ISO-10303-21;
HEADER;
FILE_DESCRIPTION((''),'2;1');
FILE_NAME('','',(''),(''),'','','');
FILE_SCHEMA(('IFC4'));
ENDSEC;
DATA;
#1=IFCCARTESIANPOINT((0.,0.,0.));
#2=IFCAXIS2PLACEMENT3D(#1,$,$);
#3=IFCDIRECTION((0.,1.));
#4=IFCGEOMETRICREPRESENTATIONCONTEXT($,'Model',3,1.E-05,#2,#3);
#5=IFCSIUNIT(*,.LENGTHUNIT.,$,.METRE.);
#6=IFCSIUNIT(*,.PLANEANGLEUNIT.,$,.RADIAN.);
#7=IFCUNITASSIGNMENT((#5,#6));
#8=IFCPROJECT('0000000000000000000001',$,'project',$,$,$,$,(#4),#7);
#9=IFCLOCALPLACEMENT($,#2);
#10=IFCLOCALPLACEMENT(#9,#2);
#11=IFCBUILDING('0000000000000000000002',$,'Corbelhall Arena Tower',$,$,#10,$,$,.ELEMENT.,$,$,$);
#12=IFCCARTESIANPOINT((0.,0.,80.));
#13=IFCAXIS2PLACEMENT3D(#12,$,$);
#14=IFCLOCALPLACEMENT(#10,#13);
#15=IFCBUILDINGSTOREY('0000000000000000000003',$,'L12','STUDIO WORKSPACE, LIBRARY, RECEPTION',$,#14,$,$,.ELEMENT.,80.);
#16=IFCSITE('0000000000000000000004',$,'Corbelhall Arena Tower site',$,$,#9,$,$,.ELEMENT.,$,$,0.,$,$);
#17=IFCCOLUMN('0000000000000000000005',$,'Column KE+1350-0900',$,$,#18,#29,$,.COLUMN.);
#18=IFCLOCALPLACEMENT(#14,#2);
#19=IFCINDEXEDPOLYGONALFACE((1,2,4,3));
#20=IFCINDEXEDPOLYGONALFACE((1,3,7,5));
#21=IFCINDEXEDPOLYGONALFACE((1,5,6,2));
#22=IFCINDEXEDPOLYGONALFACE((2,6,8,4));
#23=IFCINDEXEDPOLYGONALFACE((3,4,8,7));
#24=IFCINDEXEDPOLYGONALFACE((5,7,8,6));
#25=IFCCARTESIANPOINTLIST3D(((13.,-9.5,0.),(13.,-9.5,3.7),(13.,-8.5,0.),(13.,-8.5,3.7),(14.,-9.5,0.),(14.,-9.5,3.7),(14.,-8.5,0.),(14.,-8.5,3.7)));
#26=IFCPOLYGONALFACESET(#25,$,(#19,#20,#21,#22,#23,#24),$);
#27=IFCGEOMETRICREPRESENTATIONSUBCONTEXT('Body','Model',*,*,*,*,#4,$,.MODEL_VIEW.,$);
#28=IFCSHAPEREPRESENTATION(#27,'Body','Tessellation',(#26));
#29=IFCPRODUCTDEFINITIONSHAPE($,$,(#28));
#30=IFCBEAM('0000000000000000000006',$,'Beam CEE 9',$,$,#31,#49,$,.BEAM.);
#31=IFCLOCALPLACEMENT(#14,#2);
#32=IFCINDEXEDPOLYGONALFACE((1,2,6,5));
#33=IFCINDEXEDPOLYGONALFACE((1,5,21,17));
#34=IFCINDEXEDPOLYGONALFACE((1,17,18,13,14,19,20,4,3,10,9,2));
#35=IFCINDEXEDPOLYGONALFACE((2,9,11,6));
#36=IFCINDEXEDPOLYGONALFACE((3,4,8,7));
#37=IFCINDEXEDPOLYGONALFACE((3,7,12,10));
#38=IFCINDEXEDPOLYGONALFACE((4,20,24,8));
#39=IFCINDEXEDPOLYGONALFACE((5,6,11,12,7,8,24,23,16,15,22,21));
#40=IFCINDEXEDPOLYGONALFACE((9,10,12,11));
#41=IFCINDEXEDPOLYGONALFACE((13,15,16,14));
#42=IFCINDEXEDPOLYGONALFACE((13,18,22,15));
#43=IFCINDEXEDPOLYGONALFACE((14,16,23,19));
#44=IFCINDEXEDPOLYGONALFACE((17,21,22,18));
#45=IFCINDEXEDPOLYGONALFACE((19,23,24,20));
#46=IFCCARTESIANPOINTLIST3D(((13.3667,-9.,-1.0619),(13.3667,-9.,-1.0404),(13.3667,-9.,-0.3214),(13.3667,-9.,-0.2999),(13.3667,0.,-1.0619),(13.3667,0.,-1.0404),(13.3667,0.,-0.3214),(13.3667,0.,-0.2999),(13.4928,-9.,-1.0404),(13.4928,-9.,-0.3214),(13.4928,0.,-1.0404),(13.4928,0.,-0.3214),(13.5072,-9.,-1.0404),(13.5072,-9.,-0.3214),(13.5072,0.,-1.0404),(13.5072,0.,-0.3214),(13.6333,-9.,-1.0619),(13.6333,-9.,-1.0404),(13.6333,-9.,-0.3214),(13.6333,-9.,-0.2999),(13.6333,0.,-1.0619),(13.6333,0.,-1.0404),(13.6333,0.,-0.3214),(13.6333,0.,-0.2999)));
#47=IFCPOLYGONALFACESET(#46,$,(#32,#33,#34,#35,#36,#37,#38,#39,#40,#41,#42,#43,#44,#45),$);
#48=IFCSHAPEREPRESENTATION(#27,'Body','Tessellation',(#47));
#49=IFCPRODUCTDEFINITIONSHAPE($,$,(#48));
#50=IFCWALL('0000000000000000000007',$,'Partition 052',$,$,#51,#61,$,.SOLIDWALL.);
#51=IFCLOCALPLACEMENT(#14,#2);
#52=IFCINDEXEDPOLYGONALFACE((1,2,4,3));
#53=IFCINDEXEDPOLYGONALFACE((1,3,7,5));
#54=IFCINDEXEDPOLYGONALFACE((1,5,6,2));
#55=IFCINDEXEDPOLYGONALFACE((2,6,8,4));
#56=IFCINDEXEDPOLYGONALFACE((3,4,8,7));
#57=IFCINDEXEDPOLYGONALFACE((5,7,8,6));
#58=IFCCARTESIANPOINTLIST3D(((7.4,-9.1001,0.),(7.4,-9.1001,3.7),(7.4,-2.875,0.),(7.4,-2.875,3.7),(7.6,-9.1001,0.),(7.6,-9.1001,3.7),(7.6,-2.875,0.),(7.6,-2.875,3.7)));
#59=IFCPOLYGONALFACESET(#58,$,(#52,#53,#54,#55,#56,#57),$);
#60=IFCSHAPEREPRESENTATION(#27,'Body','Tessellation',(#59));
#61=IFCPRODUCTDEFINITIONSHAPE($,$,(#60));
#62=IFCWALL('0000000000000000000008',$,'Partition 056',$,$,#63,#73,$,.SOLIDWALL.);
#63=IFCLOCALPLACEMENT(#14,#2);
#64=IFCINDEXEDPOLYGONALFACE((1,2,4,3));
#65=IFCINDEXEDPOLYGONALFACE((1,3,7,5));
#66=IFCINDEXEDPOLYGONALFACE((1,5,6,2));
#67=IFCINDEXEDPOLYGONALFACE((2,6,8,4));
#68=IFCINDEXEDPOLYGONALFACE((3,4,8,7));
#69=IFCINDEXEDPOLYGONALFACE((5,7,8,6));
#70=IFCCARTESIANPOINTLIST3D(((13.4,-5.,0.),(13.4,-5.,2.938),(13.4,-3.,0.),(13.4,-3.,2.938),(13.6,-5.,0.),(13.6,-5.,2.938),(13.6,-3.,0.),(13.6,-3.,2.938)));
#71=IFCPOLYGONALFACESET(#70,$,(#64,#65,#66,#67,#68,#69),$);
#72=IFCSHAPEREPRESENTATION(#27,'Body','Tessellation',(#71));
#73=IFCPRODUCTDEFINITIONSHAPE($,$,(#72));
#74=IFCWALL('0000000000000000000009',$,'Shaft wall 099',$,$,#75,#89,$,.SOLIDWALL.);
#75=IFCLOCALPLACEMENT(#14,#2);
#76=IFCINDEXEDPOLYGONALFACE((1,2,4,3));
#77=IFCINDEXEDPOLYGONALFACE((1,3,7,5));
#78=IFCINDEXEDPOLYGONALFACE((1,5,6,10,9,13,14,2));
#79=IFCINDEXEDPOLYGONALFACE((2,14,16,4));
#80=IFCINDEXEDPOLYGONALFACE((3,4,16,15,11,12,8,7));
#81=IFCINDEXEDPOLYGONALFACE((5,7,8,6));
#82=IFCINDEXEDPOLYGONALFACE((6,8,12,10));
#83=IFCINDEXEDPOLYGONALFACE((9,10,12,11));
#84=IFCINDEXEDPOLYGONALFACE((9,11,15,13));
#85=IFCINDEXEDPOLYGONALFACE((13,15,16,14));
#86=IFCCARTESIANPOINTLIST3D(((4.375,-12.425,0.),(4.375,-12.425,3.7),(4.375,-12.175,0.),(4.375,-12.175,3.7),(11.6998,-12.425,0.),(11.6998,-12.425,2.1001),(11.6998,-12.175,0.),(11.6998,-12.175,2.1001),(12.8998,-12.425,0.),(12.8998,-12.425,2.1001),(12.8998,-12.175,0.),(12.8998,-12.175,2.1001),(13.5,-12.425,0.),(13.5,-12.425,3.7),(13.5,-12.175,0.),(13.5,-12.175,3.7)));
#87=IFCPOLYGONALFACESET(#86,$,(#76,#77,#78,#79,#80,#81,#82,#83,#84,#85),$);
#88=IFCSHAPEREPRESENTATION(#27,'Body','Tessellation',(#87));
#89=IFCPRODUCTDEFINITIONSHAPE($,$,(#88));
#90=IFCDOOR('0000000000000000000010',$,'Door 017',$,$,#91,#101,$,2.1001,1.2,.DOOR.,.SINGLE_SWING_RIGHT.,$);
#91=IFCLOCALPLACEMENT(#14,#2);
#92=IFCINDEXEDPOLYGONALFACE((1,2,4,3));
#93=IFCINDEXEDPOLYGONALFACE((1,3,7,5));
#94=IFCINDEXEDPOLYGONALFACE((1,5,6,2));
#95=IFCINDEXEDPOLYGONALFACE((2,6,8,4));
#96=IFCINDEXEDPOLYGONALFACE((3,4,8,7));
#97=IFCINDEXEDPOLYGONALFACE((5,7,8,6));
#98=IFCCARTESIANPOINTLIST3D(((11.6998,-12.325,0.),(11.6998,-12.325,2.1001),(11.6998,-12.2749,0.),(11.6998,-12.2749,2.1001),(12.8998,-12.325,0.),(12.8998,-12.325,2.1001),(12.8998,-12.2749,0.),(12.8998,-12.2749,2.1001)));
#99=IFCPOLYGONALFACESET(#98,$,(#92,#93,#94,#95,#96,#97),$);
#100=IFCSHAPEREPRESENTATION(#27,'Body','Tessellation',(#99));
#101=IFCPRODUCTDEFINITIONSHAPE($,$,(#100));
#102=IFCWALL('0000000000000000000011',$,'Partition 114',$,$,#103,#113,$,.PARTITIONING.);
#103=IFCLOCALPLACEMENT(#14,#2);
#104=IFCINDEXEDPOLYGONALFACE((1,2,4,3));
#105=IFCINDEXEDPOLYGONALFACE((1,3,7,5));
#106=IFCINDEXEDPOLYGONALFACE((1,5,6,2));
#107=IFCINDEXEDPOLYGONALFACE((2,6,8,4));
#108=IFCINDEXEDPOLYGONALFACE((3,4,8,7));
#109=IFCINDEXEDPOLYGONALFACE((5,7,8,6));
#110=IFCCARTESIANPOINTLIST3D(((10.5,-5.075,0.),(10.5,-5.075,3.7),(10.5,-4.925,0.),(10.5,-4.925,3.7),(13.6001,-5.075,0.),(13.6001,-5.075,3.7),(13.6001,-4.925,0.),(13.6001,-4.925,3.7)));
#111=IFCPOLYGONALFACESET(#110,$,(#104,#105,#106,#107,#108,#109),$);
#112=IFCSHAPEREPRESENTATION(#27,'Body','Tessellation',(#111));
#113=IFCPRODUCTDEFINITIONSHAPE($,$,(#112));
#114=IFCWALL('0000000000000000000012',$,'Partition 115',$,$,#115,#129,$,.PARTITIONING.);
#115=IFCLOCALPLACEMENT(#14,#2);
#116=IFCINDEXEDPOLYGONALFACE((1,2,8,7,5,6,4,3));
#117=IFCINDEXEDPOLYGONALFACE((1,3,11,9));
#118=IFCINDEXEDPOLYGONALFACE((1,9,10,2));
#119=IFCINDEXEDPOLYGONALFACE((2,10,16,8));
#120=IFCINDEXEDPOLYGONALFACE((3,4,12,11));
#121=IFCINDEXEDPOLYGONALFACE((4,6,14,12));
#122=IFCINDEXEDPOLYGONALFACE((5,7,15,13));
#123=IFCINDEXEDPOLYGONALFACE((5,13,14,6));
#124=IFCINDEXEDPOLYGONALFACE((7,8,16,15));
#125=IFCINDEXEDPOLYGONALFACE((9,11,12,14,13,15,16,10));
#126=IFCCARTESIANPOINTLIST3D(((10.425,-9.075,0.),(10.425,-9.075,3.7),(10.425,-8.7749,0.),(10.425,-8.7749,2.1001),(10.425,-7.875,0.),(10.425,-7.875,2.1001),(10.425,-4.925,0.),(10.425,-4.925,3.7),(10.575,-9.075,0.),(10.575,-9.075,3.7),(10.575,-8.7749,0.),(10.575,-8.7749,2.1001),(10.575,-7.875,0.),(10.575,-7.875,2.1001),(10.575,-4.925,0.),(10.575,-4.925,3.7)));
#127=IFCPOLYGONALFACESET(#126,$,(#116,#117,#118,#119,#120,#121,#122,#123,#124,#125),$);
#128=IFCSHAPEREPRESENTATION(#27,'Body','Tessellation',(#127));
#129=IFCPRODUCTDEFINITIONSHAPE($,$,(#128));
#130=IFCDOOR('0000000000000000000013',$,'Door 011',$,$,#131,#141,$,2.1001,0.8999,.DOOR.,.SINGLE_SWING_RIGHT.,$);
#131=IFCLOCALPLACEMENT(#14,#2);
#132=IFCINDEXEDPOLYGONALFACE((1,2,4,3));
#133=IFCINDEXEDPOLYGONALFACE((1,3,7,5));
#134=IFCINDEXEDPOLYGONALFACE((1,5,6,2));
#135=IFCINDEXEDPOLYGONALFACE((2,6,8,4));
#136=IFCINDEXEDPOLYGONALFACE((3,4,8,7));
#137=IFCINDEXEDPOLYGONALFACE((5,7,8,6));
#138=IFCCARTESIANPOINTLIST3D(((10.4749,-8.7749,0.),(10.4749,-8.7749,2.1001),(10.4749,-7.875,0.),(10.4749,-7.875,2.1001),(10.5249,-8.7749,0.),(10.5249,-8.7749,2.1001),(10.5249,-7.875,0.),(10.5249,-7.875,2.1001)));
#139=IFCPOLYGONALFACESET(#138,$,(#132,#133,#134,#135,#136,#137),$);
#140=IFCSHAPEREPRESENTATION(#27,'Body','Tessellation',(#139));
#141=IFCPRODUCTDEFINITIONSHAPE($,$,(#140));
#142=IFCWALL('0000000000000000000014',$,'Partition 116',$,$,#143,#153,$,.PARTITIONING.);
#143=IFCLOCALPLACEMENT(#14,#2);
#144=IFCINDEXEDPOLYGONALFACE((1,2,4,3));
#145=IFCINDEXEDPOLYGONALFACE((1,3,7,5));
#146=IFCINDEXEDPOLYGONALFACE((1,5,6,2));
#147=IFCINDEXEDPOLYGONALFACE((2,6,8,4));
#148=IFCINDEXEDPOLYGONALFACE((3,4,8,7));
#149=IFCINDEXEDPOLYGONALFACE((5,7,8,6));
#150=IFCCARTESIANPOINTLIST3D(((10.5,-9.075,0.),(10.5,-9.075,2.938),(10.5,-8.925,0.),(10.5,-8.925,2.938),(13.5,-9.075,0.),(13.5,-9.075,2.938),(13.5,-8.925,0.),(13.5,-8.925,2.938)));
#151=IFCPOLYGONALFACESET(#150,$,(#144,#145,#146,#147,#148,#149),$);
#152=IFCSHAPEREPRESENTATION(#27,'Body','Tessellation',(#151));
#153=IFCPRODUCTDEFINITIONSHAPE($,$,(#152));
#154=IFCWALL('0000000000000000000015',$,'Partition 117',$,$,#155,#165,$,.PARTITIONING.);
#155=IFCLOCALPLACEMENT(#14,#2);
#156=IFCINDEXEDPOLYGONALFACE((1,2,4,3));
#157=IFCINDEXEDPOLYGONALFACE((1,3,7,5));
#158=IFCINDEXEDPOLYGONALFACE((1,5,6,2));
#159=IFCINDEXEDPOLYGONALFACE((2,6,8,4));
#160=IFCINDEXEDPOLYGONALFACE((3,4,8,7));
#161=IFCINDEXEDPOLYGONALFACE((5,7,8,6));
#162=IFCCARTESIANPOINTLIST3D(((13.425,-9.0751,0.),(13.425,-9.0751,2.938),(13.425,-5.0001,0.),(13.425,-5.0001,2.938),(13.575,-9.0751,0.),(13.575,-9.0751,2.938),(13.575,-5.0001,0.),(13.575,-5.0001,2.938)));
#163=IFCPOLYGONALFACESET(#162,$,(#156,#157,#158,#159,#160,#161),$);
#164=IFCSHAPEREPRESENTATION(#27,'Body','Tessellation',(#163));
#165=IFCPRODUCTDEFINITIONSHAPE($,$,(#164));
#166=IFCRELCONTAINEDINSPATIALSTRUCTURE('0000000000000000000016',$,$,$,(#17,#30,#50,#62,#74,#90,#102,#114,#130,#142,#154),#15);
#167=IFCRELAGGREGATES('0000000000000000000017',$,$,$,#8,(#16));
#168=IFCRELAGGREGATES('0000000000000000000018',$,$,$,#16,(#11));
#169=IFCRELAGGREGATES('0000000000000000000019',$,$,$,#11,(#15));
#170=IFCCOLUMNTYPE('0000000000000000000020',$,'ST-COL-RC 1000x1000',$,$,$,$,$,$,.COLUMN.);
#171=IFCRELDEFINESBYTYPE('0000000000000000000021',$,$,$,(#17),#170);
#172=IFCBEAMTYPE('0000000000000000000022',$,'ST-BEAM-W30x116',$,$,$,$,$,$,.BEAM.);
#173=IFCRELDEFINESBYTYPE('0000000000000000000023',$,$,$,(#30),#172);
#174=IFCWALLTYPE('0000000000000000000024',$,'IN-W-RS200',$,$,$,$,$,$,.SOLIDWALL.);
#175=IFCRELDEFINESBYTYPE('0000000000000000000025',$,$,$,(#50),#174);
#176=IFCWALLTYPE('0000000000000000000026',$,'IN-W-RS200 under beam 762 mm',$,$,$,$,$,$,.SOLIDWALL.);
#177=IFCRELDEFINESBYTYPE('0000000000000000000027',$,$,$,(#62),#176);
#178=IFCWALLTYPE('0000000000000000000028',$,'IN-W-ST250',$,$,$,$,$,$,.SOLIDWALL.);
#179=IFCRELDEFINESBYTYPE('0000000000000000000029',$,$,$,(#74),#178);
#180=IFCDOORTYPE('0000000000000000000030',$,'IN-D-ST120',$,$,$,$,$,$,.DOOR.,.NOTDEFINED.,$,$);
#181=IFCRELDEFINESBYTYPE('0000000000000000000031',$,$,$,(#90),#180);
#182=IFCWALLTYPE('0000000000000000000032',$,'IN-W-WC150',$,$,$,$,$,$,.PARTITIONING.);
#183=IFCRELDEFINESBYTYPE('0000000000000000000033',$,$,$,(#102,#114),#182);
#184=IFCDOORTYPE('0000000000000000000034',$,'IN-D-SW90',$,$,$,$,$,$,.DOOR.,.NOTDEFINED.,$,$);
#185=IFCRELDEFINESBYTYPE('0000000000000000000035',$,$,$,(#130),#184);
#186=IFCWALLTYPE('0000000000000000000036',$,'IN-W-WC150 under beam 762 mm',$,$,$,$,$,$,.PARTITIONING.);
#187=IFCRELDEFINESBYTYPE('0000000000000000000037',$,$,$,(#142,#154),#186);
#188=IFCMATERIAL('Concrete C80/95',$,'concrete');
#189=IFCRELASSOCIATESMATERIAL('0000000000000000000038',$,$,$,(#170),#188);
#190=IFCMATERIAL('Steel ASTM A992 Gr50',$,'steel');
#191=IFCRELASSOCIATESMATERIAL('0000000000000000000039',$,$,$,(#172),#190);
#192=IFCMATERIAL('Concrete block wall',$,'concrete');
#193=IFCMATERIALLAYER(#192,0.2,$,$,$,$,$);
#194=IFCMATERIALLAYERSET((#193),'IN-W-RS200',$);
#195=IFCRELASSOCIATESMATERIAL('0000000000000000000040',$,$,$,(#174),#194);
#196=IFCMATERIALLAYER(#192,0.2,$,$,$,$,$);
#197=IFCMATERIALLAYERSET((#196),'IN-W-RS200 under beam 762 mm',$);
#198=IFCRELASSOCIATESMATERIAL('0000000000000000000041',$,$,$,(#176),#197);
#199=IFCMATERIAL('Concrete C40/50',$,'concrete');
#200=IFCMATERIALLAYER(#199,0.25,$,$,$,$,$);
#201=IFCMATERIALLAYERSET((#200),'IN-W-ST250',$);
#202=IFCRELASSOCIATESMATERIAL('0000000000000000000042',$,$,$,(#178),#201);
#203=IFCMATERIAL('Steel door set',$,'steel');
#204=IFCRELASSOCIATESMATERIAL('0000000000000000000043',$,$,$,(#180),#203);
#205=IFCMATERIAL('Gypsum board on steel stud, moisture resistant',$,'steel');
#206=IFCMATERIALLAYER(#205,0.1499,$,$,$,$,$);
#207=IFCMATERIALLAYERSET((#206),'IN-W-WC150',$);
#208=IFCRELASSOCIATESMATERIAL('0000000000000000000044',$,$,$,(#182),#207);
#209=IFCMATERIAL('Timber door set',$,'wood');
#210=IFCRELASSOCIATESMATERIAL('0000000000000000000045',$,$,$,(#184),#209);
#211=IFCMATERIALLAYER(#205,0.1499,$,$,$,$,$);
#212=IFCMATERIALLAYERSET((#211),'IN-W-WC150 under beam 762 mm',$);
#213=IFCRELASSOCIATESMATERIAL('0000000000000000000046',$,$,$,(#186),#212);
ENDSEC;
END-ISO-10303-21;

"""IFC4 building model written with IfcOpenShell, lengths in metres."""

from ifc_helpers import new_model, si_unit, direction, frame, frame_2d, origin, origin_2d, place, context, subcontext, project, spatial, rectangle, i_section, extrude, material, layer, layer_set, material_profile, profile_set, type_object, element, fill, save


model = new_model("IFC4")

# Units and contexts
model_context = context("Model", 3, precision=1e-05, world=origin(), true_north=direction((0.0, 1.0)))
body_context = subcontext(model_context, "Body", "Model", "MODEL_VIEW")
ifc_project = project(units=[si_unit("LENGTHUNIT", "METRE"), si_unit("PLANEANGLEUNIT", "RADIAN")], contexts=[model_context])

# Site, building, storey
site_placement = place(None, origin())
site = spatial("IfcSite", under=ifc_project, at=site_placement, Name="Corbelhall Arena Tower site", CompositionType="ELEMENT", RefElevation=0.0)
building_placement = place(site_placement, origin())
building = spatial("IfcBuilding", under=site, at=building_placement, Name="Corbelhall Arena Tower", CompositionType="ELEMENT")
storey_placement = place(building_placement, frame((0.0, 0.0, 80.0)))
storey = spatial("IfcBuildingStorey", under=building, at=storey_placement, Name="L12", Description="STUDIO WORKSPACE, LIBRARY, RECEPTION", CompositionType="ELEMENT", Elevation=80.0)

# Column
ifc_material_1 = material(Name="Concrete C80/95", Category="concrete")
ifc_material_profile_1 = material_profile(ifc_material_1, rectangle(XDim=1.0, YDim=1.0, at=origin_2d()))
ifc_profile_set_1 = profile_set([ifc_material_profile_1], Name="Concrete C80/95")
column_type = type_object("IfcColumnType", Name="ST-COL-RC 1000x1000", PredefinedType="COLUMN", material=ifc_profile_set_1)
column_placement = place(storey_placement, frame((13.5, -9.0, 0.0), z_axis=(0.0, 0.0, 1.0), x_axis=(1.0, 0.0, 0.0)))
element("IfcColumn", 1, at=column_placement, inside=storey, type_object=column_type, Name="Column KE+1350-0900", PredefinedType="COLUMN", context=body_context, shape_type="SweptSolid", body=[
    extrude(rectangle(XDim=1.0, YDim=1.0, at=origin_2d()), origin(), (0.0, 0.0, 1.0), 3.7),
])

# Beam
ifc_material_2 = material(Name="Steel ASTM A992 Gr50", Category="steel")
ifc_material_profile_2 = material_profile(ifc_material_2, i_section(OverallWidth=0.2666, OverallDepth=0.762, WebThickness=0.0144, FlangeThickness=0.0215, at=origin_2d()))
ifc_profile_set_2 = profile_set([ifc_material_profile_2], Name="Steel ASTM A992 Gr50")
beam_type = type_object("IfcBeamType", Name="ST-BEAM-W30x116", PredefinedType="BEAM", material=ifc_profile_set_2)
beam_placement = place(storey_placement, frame((13.5, -9.0, -0.6809), z_axis=(0.0, 1.0, 0.0), x_axis=(-1.0, 0.0, 0.0)))
element("IfcBeam", 2, at=beam_placement, inside=storey, type_object=beam_type, Name="Beam CEE 9", PredefinedType="BEAM", context=body_context, shape_type="SweptSolid", body=[
    extrude(i_section(OverallWidth=0.2666, OverallDepth=0.762, WebThickness=0.0144, FlangeThickness=0.0215, at=origin_2d()), origin(), (0.0, 0.0, 1.0), 9.0),
])

# Shared definitions
ifc_material_3 = material(Name="Steel door set", Category="steel")

# Wall
ifc_material_4 = material(Name="Concrete block wall", Category="concrete")
ifc_layer_1 = layer(ifc_material_4, 0.2)
ifc_layer_set_1 = layer_set([ifc_layer_1], Name="IN-W-RS200")
wall_type_1 = type_object("IfcWallType", Name="IN-W-RS200", PredefinedType="SOLIDWALL", material=ifc_layer_set_1)
wall_1_placement = place(storey_placement, frame((7.5, -2.875, 0.0), z_axis=(0.0, 0.0, 1.0), x_axis=(0.0, -1.0, 0.0)))
element("IfcWall", 3, at=wall_1_placement, inside=storey, type_object=wall_type_1, Name="Partition 052", PredefinedType="SOLIDWALL", context=body_context, shape_type="SweptSolid", body=[
    extrude(rectangle(XDim=6.2251, YDim=0.2, at=frame_2d((3.1125, 0.0))), origin(), (0.0, 0.0, 1.0), 3.7),
])

# Wall
ifc_layer_2 = layer(ifc_material_4, 0.2)
ifc_layer_set_2 = layer_set([ifc_layer_2], Name="IN-W-RS200 under beam 762 mm")
wall_type_2 = type_object("IfcWallType", Name="IN-W-RS200 under beam 762 mm", PredefinedType="SOLIDWALL", material=ifc_layer_set_2)
wall_2_placement = place(storey_placement, frame((13.5, -3.0, 0.0), z_axis=(0.0, 0.0, 1.0), x_axis=(0.0, -1.0, 0.0)))
element("IfcWall", 4, at=wall_2_placement, inside=storey, type_object=wall_type_2, Name="Partition 056", PredefinedType="SOLIDWALL", context=body_context, shape_type="SweptSolid", body=[
    extrude(rectangle(XDim=2.0, YDim=0.2, at=frame_2d((1.0, 0.0))), origin(), (0.0, 0.0, 1.0), 2.938),
])

# Wall, opening, door
ifc_material_5 = material(Name="Concrete C40/50", Category="concrete")
ifc_layer_3 = layer(ifc_material_5, 0.25)
ifc_layer_set_3 = layer_set([ifc_layer_3], Name="IN-W-ST250")
wall_type_3 = type_object("IfcWallType", Name="IN-W-ST250", PredefinedType="SOLIDWALL", material=ifc_layer_set_3)
wall_3_placement = place(storey_placement, frame((13.5, -12.3, 0.0), z_axis=(0.0, 0.0, 1.0), x_axis=(-1.0, 0.0, 0.0)))
wall_3 = element("IfcWall", 5, at=wall_3_placement, inside=storey, type_object=wall_type_3, Name="Shaft wall 099", PredefinedType="SOLIDWALL", context=body_context, shape_type="SweptSolid", body=[
    extrude(rectangle(XDim=9.125, YDim=0.25, at=frame_2d((4.5625, 0.0))), origin(), (0.0, 0.0, 1.0), 3.7),
])
opening_1_placement = place(wall_3_placement, frame((0.6001, 0.0, 0.0)))
opening_1 = element("IfcOpeningElement", 6, at=opening_1_placement, cuts=wall_3, PredefinedType="OPENING", context=body_context, shape_type="SweptSolid", body=[
    extrude(rectangle(XDim=1.2, YDim=2.1001, at=frame_2d((0.6001, 1.05))), frame((0.0, 0.125, 0.0), z_axis=(0.0, -1.0, 0.0), x_axis=(1.0, 0.0, 0.0)), (0.0, 0.0, 1.0), 0.25),
])
door_type_1 = type_object("IfcDoorType", Name="IN-D-ST120", OperationType="NOTDEFINED", PredefinedType="DOOR", material=ifc_material_3)
door_1_placement = place(opening_1_placement, origin())
door_1 = element("IfcDoor", 7, at=door_1_placement, inside=storey, type_object=door_type_1, Name="Door 017", OperationType="SINGLE_SWING_RIGHT", OverallHeight=2.1001, OverallWidth=1.2, PredefinedType="DOOR", context=body_context, shape_type="SweptSolid", body=[
    extrude(rectangle(XDim=1.2, YDim=2.1001, at=frame_2d((0.6001, 1.05))), frame((0.0, 0.0249, 0.0), z_axis=(0.0, -1.0, 0.0), x_axis=(1.0, 0.0, 0.0)), (0.0, 0.0, 1.0), 0.05),
])
fill(opening_1, door_1)

# Wall
ifc_material_6 = material(Name="Gypsum board on steel stud, moisture resistant", Category="steel")
ifc_layer_4 = layer(ifc_material_6, 0.1499)
ifc_layer_set_4 = layer_set([ifc_layer_4], Name="IN-W-WC150")
wall_type_4 = type_object("IfcWallType", Name="IN-W-WC150", PredefinedType="PARTITIONING", material=ifc_layer_set_4)
wall_4_placement = place(storey_placement, frame((10.5, -5.0, 0.0), z_axis=(0.0, 0.0, 1.0), x_axis=(1.0, 0.0, 0.0)))
element("IfcWall", 8, at=wall_4_placement, inside=storey, type_object=wall_type_4, Name="Partition 114", PredefinedType="PARTITIONING", context=body_context, shape_type="SweptSolid", body=[
    extrude(rectangle(XDim=3.1001, YDim=0.1499, at=frame_2d((1.55, 0.0))), origin(), (0.0, 0.0, 1.0), 3.7),
])

# Wall, opening, door
wall_5_placement = place(storey_placement, frame((10.5, -4.925, 0.0), z_axis=(0.0, 0.0, 1.0), x_axis=(0.0, -1.0, 0.0)))
wall_5 = element("IfcWall", 9, at=wall_5_placement, inside=storey, type_object=wall_type_4, Name="Partition 115", PredefinedType="PARTITIONING", context=body_context, shape_type="SweptSolid", body=[
    extrude(rectangle(XDim=4.1499, YDim=0.1499, at=frame_2d((2.075, 0.0))), origin(), (0.0, 0.0, 1.0), 3.7),
])
opening_2_placement = place(wall_5_placement, frame((2.95, 0.0, 0.0)))
opening_2 = element("IfcOpeningElement", 10, at=opening_2_placement, cuts=wall_5, PredefinedType="OPENING", context=body_context, shape_type="SweptSolid", body=[
    extrude(rectangle(XDim=0.8999, YDim=2.1001, at=frame_2d((0.45, 1.05))), frame((0.0, 0.075, 0.0), z_axis=(0.0, -1.0, 0.0), x_axis=(1.0, 0.0, 0.0)), (0.0, 0.0, 1.0), 0.1499),
])
ifc_material_7 = material(Name="Timber door set", Category="wood")
door_type_2 = type_object("IfcDoorType", Name="IN-D-SW90", OperationType="NOTDEFINED", PredefinedType="DOOR", material=ifc_material_7)
door_2_placement = place(opening_2_placement, origin())
door_2 = element("IfcDoor", 11, at=door_2_placement, inside=storey, type_object=door_type_2, Name="Door 011", OperationType="SINGLE_SWING_RIGHT", OverallHeight=2.1001, OverallWidth=0.8999, PredefinedType="DOOR", context=body_context, shape_type="SweptSolid", body=[
    extrude(rectangle(XDim=0.8999, YDim=2.1001, at=frame_2d((0.45, 1.05))), frame((0.0, 0.0249, 0.0), z_axis=(0.0, -1.0, 0.0), x_axis=(1.0, 0.0, 0.0)), (0.0, 0.0, 1.0), 0.05),
])
fill(opening_2, door_2)

# Walls
ifc_layer_5 = layer(ifc_material_6, 0.1499)
ifc_layer_set_5 = layer_set([ifc_layer_5], Name="IN-W-WC150 under beam 762 mm")
wall_type_5 = type_object("IfcWallType", Name="IN-W-WC150 under beam 762 mm", PredefinedType="PARTITIONING", material=ifc_layer_set_5)
wall_6_placement = place(storey_placement, frame((13.5, -9.0, 0.0), z_axis=(0.0, 0.0, 1.0), x_axis=(-1.0, 0.0, 0.0)))
element("IfcWall", 12, at=wall_6_placement, inside=storey, type_object=wall_type_5, Name="Partition 116", PredefinedType="PARTITIONING", context=body_context, shape_type="SweptSolid", body=[
    extrude(rectangle(XDim=3.0, YDim=0.1499, at=frame_2d((1.5, 0.0))), origin(), (0.0, 0.0, 1.0), 2.938),
])
wall_7_placement = place(storey_placement, frame((13.5, -5.0, 0.0), z_axis=(0.0, 0.0, 1.0), x_axis=(0.0, -1.0, 0.0)))
element("IfcWall", 13, at=wall_7_placement, inside=storey, type_object=wall_type_5, Name="Partition 117", PredefinedType="PARTITIONING", context=body_context, shape_type="SweptSolid", body=[
    extrude(rectangle(XDim=4.075, YDim=0.1499, at=frame_2d((2.0376, 0.0))), origin(), (0.0, 0.0, 1.0), 2.938),
])

save(model, "model.ifc")
